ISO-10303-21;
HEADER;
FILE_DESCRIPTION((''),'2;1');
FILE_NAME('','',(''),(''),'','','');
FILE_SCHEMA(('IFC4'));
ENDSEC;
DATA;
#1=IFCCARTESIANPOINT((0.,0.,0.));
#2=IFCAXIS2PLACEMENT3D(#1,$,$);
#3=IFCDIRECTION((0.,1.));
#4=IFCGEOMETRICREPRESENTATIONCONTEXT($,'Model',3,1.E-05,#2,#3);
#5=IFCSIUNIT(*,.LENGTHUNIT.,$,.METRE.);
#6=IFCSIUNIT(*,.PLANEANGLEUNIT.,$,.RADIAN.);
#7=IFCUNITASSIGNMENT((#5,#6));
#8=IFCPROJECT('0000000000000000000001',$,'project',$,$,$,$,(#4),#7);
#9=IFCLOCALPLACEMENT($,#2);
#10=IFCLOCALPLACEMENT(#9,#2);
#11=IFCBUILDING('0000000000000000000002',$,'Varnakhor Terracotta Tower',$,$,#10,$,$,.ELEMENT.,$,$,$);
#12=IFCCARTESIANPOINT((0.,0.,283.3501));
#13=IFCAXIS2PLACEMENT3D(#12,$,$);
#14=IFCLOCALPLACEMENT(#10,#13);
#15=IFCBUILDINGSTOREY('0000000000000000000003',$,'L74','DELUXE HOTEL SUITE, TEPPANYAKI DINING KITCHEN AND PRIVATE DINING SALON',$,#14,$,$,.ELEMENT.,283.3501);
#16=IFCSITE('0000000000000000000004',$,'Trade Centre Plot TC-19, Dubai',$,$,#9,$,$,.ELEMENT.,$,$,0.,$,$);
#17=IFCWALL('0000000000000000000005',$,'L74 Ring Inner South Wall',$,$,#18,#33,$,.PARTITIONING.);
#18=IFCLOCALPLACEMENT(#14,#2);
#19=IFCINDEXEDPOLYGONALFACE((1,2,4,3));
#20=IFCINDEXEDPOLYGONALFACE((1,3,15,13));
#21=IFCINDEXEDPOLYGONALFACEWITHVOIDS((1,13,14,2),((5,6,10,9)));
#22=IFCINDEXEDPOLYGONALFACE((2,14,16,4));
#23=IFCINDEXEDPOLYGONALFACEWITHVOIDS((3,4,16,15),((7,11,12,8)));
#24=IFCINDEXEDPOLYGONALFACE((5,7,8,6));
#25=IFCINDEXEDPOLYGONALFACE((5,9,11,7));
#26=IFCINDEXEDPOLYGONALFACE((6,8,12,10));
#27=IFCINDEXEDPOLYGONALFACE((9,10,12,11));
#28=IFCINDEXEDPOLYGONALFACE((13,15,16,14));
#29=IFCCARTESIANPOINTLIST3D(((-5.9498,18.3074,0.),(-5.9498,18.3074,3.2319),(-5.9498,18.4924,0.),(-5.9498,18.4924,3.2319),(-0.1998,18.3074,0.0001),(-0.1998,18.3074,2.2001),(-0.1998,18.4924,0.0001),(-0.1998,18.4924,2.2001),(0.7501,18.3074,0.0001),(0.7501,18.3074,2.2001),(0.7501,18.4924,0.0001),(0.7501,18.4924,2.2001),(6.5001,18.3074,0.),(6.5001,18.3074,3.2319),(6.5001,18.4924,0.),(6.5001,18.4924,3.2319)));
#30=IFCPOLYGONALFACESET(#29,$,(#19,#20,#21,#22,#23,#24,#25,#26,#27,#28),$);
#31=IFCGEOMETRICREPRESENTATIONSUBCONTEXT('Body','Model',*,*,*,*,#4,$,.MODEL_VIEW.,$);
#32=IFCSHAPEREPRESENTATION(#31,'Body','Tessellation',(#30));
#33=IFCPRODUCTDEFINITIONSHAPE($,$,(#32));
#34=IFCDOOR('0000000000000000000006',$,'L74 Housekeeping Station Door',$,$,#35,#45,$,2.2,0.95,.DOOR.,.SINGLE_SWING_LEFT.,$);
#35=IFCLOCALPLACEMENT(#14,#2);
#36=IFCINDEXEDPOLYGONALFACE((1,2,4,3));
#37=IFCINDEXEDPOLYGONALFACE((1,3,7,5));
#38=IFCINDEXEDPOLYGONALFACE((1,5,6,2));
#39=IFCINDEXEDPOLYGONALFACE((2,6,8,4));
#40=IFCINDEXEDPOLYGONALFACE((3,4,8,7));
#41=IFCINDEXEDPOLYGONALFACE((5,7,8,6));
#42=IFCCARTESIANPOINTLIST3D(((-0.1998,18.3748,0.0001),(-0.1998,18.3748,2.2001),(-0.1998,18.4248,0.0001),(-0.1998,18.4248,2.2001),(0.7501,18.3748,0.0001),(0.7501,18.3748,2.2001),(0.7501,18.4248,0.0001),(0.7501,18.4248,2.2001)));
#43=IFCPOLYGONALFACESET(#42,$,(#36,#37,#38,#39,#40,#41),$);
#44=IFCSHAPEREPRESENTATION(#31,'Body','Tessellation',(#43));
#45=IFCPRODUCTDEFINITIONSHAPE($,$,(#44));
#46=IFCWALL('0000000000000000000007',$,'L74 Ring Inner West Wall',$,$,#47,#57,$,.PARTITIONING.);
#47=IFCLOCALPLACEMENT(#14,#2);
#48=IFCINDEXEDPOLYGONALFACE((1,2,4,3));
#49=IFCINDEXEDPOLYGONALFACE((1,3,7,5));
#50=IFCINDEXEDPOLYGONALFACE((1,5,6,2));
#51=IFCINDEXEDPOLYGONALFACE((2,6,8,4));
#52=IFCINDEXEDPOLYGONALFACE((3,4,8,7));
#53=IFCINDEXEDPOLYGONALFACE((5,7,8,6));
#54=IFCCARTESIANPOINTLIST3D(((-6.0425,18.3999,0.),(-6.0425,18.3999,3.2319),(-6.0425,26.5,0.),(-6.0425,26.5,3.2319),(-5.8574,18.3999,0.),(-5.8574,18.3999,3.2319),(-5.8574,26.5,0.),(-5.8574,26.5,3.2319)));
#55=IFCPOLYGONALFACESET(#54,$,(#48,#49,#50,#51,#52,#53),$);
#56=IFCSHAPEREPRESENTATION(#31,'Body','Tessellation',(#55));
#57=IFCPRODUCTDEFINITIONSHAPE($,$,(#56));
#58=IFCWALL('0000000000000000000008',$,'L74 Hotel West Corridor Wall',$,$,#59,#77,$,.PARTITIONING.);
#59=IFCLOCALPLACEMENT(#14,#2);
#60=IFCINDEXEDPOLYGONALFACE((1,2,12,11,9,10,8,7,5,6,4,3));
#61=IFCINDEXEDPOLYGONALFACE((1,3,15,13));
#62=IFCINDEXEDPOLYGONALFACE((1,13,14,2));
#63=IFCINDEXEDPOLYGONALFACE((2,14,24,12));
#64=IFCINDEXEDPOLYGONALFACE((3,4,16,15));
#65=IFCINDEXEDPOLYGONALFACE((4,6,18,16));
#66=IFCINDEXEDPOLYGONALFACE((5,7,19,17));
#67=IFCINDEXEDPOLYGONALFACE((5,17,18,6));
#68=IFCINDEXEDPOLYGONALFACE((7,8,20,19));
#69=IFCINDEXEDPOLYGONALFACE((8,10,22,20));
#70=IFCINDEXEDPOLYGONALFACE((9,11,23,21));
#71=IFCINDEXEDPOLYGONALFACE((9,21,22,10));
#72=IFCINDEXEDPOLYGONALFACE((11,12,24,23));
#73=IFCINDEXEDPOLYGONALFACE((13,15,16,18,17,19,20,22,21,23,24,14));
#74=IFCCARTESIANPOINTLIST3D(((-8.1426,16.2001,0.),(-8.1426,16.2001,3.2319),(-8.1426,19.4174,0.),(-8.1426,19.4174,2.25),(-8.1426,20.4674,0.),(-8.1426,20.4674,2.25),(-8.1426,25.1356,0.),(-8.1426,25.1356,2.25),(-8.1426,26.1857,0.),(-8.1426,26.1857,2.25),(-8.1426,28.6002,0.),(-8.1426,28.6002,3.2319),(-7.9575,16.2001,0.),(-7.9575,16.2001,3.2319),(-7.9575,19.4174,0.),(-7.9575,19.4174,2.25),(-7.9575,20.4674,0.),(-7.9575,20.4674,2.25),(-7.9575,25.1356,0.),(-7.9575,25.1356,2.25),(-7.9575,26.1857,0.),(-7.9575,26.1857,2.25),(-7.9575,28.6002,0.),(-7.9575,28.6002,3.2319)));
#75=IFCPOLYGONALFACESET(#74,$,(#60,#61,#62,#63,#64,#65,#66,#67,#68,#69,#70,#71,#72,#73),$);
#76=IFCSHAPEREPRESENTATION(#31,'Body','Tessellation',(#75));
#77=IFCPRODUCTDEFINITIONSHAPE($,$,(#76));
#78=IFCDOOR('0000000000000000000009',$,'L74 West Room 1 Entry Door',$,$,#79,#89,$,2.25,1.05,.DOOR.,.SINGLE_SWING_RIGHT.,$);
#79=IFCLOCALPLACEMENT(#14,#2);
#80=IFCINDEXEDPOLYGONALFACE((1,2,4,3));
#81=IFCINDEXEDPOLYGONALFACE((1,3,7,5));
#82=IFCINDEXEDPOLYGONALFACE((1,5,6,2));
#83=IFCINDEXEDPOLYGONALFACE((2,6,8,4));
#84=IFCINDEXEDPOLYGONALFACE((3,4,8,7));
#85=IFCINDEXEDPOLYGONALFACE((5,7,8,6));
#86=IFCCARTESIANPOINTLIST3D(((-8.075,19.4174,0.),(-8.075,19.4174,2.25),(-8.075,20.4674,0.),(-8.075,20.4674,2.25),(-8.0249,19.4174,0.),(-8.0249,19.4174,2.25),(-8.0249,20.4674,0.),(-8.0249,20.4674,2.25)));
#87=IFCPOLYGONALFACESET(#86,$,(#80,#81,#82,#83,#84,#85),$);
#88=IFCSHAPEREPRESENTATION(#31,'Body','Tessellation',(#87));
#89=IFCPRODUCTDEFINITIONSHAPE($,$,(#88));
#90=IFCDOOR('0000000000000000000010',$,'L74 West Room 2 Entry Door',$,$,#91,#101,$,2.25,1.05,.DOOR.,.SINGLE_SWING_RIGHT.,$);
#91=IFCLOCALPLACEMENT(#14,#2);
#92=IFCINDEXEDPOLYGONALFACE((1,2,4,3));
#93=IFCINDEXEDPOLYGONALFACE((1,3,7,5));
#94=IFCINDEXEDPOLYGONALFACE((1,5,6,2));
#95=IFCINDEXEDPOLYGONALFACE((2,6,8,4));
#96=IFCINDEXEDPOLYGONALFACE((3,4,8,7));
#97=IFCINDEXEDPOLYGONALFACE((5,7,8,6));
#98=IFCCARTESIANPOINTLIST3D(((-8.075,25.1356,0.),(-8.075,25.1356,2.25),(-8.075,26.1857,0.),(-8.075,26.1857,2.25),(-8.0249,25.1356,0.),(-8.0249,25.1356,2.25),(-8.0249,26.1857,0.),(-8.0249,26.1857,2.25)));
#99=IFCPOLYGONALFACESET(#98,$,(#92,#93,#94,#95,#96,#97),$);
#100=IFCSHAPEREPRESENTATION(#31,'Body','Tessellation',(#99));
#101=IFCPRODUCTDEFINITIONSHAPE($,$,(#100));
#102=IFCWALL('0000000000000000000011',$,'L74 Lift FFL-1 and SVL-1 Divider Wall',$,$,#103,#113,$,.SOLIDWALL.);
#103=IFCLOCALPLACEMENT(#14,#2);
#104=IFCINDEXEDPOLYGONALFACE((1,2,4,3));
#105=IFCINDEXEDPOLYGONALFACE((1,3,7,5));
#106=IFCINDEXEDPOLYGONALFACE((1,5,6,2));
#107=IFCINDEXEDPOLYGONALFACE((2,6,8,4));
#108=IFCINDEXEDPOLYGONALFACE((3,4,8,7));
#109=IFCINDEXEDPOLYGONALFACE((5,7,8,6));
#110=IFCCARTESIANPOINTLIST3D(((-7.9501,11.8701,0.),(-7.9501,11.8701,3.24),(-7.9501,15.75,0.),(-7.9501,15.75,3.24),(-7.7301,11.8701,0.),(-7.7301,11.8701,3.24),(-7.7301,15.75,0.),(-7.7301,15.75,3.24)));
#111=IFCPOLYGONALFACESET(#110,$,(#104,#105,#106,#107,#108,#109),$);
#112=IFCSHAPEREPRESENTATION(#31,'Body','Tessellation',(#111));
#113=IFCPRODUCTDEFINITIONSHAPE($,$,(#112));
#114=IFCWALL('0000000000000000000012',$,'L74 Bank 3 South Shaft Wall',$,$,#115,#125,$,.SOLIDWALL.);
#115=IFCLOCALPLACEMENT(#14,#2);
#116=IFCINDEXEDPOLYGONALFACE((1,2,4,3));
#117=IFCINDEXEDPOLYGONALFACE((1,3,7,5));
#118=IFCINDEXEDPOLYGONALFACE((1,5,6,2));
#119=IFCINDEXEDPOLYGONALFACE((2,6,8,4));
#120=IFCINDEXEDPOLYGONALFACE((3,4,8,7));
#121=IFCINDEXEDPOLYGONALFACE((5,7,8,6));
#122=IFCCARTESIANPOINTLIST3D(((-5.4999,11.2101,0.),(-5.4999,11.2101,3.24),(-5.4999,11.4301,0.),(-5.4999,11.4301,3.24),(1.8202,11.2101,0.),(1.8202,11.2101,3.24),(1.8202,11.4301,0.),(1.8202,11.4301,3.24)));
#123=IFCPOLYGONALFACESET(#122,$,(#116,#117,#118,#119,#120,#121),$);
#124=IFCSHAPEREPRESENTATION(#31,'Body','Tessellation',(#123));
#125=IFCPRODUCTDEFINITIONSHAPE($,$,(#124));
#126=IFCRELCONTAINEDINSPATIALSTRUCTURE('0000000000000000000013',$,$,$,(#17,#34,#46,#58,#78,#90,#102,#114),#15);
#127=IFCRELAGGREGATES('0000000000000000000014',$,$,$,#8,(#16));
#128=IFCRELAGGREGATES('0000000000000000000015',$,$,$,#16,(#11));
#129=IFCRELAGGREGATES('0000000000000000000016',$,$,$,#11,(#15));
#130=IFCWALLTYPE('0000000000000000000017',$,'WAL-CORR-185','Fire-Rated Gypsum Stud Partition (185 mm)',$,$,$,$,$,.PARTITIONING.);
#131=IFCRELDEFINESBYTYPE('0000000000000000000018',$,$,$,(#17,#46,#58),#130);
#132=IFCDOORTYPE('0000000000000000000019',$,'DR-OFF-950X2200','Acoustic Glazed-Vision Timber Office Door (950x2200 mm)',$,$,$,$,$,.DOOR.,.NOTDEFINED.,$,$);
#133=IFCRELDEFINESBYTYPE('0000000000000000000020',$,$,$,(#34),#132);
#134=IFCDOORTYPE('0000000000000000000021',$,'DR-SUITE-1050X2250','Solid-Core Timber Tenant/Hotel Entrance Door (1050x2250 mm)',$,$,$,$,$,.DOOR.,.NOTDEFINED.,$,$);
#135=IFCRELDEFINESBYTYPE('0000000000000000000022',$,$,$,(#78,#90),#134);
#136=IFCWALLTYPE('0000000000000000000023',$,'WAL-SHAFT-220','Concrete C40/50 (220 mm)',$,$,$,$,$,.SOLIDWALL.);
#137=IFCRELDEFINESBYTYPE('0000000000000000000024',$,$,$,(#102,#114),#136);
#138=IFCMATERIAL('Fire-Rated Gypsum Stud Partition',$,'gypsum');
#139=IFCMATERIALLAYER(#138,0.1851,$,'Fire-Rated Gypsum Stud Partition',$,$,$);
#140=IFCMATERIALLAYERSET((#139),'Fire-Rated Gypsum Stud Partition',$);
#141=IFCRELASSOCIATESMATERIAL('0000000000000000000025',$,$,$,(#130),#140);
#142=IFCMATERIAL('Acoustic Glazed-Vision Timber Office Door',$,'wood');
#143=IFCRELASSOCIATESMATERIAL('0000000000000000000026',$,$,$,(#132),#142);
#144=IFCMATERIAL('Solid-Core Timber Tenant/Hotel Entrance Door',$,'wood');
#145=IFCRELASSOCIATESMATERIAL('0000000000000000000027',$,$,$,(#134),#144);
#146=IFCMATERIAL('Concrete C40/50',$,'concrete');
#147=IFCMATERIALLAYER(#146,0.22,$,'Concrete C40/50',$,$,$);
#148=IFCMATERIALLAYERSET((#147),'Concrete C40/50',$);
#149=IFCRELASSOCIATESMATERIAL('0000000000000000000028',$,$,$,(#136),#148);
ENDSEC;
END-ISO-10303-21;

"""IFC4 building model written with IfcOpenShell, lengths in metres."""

from ifc_helpers import new_model, si_unit, direction, frame, frame_2d, origin, place, context, subcontext, project, spatial, rectangle, extrude, source, transform, mapped, material, layer, layer_set, type_object, type_shapes, element, fill, save


model = new_model("IFC4")

# Units and contexts
model_context = context("Model", 3, precision=1e-05, world=origin(), true_north=direction((0.0, 1.0)))
body_context = subcontext(model_context, "Body", "Model", "MODEL_VIEW")
ifc_project = project(units=[si_unit("LENGTHUNIT", "METRE"), si_unit("PLANEANGLEUNIT", "RADIAN")], contexts=[model_context])

# Site, building, storey
site_placement = place(None, origin())
site = spatial("IfcSite", under=ifc_project, at=site_placement, Name="Trade Centre Plot TC-19, Dubai", CompositionType="ELEMENT", RefElevation=0.0)
building_placement = place(site_placement, origin())
building = spatial("IfcBuilding", under=site, at=building_placement, Name="Varnakhor Terracotta Tower", CompositionType="ELEMENT")
storey_placement = place(building_placement, frame((0.0, 0.0, 283.3501)))
storey = spatial("IfcBuildingStorey", under=building, at=storey_placement, Name="L74", Description="DELUXE HOTEL SUITE, TEPPANYAKI DINING KITCHEN AND PRIVATE DINING SALON", CompositionType="ELEMENT", Elevation=283.3501)

# Wall, opening, door
ifc_material_1 = material(Name="Fire-Rated Gypsum Stud Partition", Category="gypsum")
ifc_layer_1 = layer(ifc_material_1, 0.1851, Name="Fire-Rated Gypsum Stud Partition")
ifc_layer_set_1 = layer_set([ifc_layer_1], Name="Fire-Rated Gypsum Stud Partition")
wall_type_1 = type_object("IfcWallType", Name="WAL-CORR-185", Description="Fire-Rated Gypsum Stud Partition (185 mm)", PredefinedType="PARTITIONING", material=ifc_layer_set_1)
wall_1_placement = place(storey_placement, frame((-5.95, 18.3999, 0.0), z_axis=(0.0, 0.0, 1.0), x_axis=(1.0, 0.0, 0.0)))
wall_1 = element("IfcWall", 1, at=wall_1_placement, inside=storey, type_object=wall_type_1, Name="L74 Ring Inner South Wall", PredefinedType="PARTITIONING", context=body_context, shape_type="SweptSolid", body=[
    extrude(rectangle(XDim=12.45, YDim=0.1851, at=frame_2d((6.2251, 0.0))), origin(), (0.0, 0.0, 1.0), 3.2319),
])
opening_1_placement = place(wall_1_placement, frame((5.75, 0.0, 0.0)))
opening_1 = element("IfcOpeningElement", 2, at=opening_1_placement, cuts=wall_1, PredefinedType="OPENING", context=body_context, shape_type="SweptSolid", body=[
    extrude(rectangle(XDim=0.95, YDim=2.2, at=frame_2d((0.4751, 1.1001))), frame((0.0, 0.1025, 0.0), z_axis=(0.0, -1.0, 0.0), x_axis=(1.0, 0.0, 0.0)), (0.0, 0.0, 1.0), 0.2051),
])
ifc_material_2 = material(Name="Acoustic Glazed-Vision Timber Office Door", Category="wood")
door_type_1 = type_object("IfcDoorType", Name="DR-OFF-950X2200", Description="Acoustic Glazed-Vision Timber Office Door (950x2200 mm)", OperationType="NOTDEFINED", PredefinedType="DOOR", material=ifc_material_2)
shared_shape_1 = source(origin(), body_context, "Body", "SweptSolid", [
    extrude(rectangle(XDim=0.95, YDim=2.2, at=frame_2d((0.4751, 1.1001))), frame((0.0, 0.0249, 0.0), z_axis=(0.0, -1.0, 0.0), x_axis=(1.0, 0.0, 0.0)), (0.0, 0.0, 1.0), 0.05),
])
type_shapes(door_type_1, [shared_shape_1])
door_1_placement = place(opening_1_placement, origin())
door_1 = element("IfcDoor", 3, at=door_1_placement, inside=storey, type_object=door_type_1, Name="L74 Housekeeping Station Door", OperationType="SINGLE_SWING_LEFT", OverallHeight=2.2, OverallWidth=0.95, PredefinedType="DOOR", context=body_context, shape_type="MappedRepresentation", body=[
    mapped(shared_shape_1, transform((0.0, 0.0, 0.0), scale=1.0)),
])
fill(opening_1, door_1)

# Wall
wall_2_placement = place(storey_placement, frame((-5.95, 18.3999, 0.0), z_axis=(0.0, 0.0, 1.0), x_axis=(0.0, 1.0, 0.0)))
element("IfcWall", 4, at=wall_2_placement, inside=storey, type_object=wall_type_1, Name="L74 Ring Inner West Wall", PredefinedType="PARTITIONING", context=body_context, shape_type="SweptSolid", body=[
    extrude(rectangle(XDim=8.1001, YDim=0.1851, at=frame_2d((4.05, 0.0))), origin(), (0.0, 0.0, 1.0), 3.2319),
])

# Wall, openings, doors
wall_3_placement = place(storey_placement, frame((-8.05, 16.2, 0.0), z_axis=(0.0, 0.0, 1.0), x_axis=(0.0, 1.0, 0.0)))
wall_3 = element("IfcWall", 5, at=wall_3_placement, inside=storey, type_object=wall_type_1, Name="L74 Hotel West Corridor Wall", PredefinedType="PARTITIONING", context=body_context, shape_type="SweptSolid", body=[
    extrude(rectangle(XDim=12.4001, YDim=0.1851, at=frame_2d((6.2002, 0.0))), origin(), (0.0, 0.0, 1.0), 3.2319),
])
opening_2_placement = place(wall_3_placement, frame((3.2175, 0.0, 0.0)))
opening_2 = element("IfcOpeningElement", 6, at=opening_2_placement, cuts=wall_3, PredefinedType="OPENING", context=body_context, shape_type="SweptSolid", body=[
    extrude(rectangle(XDim=1.05, YDim=2.25, at=frame_2d((0.5249, 1.125))), frame((0.0, 0.1025, 0.0), z_axis=(0.0, -1.0, 0.0), x_axis=(1.0, 0.0, 0.0)), (0.0, 0.0, 1.0), 0.2051),
])
opening_3_placement = place(wall_3_placement, frame((8.9358, 0.0, 0.0)))
opening_3 = element("IfcOpeningElement", 7, at=opening_3_placement, cuts=wall_3, PredefinedType="OPENING", context=body_context, shape_type="SweptSolid", body=[
    extrude(rectangle(XDim=1.05, YDim=2.25, at=frame_2d((0.5249, 1.125))), frame((0.0, 0.1025, 0.0), z_axis=(0.0, -1.0, 0.0), x_axis=(1.0, 0.0, 0.0)), (0.0, 0.0, 1.0), 0.2051),
])
ifc_material_3 = material(Name="Solid-Core Timber Tenant/Hotel Entrance Door", Category="wood")
door_type_2 = type_object("IfcDoorType", Name="DR-SUITE-1050X2250", Description="Solid-Core Timber Tenant/Hotel Entrance Door (1050x2250 mm)", OperationType="NOTDEFINED", PredefinedType="DOOR", material=ifc_material_3)
shared_shape_2 = source(origin(), body_context, "Body", "SweptSolid", [
    extrude(rectangle(XDim=1.05, YDim=2.25, at=frame_2d((0.5249, 1.125))), frame((0.0, 0.0249, 0.0), z_axis=(0.0, -1.0, 0.0), x_axis=(1.0, 0.0, 0.0)), (0.0, 0.0, 1.0), 0.05),
])
type_shapes(door_type_2, [shared_shape_2])
door_2_placement = place(opening_2_placement, origin())
door_2 = element("IfcDoor", 8, at=door_2_placement, inside=storey, type_object=door_type_2, Name="L74 West Room 1 Entry Door", OperationType="SINGLE_SWING_RIGHT", OverallHeight=2.25, OverallWidth=1.05, PredefinedType="DOOR", context=body_context, shape_type="MappedRepresentation", body=[
    mapped(shared_shape_2, transform((0.0, 0.0, 0.0), scale=1.0)),
])
fill(opening_2, door_2)
door_3_placement = place(opening_3_placement, origin())
door_3 = element("IfcDoor", 9, at=door_3_placement, inside=storey, type_object=door_type_2, Name="L74 West Room 2 Entry Door", OperationType="SINGLE_SWING_RIGHT", OverallHeight=2.25, OverallWidth=1.05, PredefinedType="DOOR", context=body_context, shape_type="MappedRepresentation", body=[
    mapped(shared_shape_2, transform((0.0, 0.0, 0.0), scale=1.0)),
])
fill(opening_3, door_3)

# Walls
ifc_material_4 = material(Name="Concrete C40/50", Category="concrete")
ifc_layer_2 = layer(ifc_material_4, 0.22, Name="Concrete C40/50")
ifc_layer_set_2 = layer_set([ifc_layer_2], Name="Concrete C40/50")
wall_type_2 = type_object("IfcWallType", Name="WAL-SHAFT-220", Description="Concrete C40/50 (220 mm)", PredefinedType="SOLIDWALL", material=ifc_layer_set_2)
wall_4_placement = place(storey_placement, frame((-7.8401, 11.8701, 0.0), z_axis=(0.0, 0.0, 1.0), x_axis=(0.0, 1.0, 0.0)))
element("IfcWall", 10, at=wall_4_placement, inside=storey, type_object=wall_type_2, Name="L74 Lift FFL-1 and SVL-1 Divider Wall", PredefinedType="SOLIDWALL", context=body_context, shape_type="SweptSolid", body=[
    extrude(rectangle(XDim=3.8799, YDim=0.22, at=frame_2d((1.9399, 0.0))), origin(), (0.0, 0.0, 1.0), 3.24),
])
wall_5_placement = place(storey_placement, frame((-5.5, 11.3201, 0.0), z_axis=(0.0, 0.0, 1.0), x_axis=(1.0, 0.0, 0.0)))
element("IfcWall", 11, at=wall_5_placement, inside=storey, type_object=wall_type_2, Name="L74 Bank 3 South Shaft Wall", PredefinedType="SOLIDWALL", context=body_context, shape_type="SweptSolid", body=[
    extrude(rectangle(XDim=7.3201, YDim=0.22, at=frame_2d((3.6602, 0.0))), origin(), (0.0, 0.0, 1.0), 3.24),
])

save(model, "model.ifc")
